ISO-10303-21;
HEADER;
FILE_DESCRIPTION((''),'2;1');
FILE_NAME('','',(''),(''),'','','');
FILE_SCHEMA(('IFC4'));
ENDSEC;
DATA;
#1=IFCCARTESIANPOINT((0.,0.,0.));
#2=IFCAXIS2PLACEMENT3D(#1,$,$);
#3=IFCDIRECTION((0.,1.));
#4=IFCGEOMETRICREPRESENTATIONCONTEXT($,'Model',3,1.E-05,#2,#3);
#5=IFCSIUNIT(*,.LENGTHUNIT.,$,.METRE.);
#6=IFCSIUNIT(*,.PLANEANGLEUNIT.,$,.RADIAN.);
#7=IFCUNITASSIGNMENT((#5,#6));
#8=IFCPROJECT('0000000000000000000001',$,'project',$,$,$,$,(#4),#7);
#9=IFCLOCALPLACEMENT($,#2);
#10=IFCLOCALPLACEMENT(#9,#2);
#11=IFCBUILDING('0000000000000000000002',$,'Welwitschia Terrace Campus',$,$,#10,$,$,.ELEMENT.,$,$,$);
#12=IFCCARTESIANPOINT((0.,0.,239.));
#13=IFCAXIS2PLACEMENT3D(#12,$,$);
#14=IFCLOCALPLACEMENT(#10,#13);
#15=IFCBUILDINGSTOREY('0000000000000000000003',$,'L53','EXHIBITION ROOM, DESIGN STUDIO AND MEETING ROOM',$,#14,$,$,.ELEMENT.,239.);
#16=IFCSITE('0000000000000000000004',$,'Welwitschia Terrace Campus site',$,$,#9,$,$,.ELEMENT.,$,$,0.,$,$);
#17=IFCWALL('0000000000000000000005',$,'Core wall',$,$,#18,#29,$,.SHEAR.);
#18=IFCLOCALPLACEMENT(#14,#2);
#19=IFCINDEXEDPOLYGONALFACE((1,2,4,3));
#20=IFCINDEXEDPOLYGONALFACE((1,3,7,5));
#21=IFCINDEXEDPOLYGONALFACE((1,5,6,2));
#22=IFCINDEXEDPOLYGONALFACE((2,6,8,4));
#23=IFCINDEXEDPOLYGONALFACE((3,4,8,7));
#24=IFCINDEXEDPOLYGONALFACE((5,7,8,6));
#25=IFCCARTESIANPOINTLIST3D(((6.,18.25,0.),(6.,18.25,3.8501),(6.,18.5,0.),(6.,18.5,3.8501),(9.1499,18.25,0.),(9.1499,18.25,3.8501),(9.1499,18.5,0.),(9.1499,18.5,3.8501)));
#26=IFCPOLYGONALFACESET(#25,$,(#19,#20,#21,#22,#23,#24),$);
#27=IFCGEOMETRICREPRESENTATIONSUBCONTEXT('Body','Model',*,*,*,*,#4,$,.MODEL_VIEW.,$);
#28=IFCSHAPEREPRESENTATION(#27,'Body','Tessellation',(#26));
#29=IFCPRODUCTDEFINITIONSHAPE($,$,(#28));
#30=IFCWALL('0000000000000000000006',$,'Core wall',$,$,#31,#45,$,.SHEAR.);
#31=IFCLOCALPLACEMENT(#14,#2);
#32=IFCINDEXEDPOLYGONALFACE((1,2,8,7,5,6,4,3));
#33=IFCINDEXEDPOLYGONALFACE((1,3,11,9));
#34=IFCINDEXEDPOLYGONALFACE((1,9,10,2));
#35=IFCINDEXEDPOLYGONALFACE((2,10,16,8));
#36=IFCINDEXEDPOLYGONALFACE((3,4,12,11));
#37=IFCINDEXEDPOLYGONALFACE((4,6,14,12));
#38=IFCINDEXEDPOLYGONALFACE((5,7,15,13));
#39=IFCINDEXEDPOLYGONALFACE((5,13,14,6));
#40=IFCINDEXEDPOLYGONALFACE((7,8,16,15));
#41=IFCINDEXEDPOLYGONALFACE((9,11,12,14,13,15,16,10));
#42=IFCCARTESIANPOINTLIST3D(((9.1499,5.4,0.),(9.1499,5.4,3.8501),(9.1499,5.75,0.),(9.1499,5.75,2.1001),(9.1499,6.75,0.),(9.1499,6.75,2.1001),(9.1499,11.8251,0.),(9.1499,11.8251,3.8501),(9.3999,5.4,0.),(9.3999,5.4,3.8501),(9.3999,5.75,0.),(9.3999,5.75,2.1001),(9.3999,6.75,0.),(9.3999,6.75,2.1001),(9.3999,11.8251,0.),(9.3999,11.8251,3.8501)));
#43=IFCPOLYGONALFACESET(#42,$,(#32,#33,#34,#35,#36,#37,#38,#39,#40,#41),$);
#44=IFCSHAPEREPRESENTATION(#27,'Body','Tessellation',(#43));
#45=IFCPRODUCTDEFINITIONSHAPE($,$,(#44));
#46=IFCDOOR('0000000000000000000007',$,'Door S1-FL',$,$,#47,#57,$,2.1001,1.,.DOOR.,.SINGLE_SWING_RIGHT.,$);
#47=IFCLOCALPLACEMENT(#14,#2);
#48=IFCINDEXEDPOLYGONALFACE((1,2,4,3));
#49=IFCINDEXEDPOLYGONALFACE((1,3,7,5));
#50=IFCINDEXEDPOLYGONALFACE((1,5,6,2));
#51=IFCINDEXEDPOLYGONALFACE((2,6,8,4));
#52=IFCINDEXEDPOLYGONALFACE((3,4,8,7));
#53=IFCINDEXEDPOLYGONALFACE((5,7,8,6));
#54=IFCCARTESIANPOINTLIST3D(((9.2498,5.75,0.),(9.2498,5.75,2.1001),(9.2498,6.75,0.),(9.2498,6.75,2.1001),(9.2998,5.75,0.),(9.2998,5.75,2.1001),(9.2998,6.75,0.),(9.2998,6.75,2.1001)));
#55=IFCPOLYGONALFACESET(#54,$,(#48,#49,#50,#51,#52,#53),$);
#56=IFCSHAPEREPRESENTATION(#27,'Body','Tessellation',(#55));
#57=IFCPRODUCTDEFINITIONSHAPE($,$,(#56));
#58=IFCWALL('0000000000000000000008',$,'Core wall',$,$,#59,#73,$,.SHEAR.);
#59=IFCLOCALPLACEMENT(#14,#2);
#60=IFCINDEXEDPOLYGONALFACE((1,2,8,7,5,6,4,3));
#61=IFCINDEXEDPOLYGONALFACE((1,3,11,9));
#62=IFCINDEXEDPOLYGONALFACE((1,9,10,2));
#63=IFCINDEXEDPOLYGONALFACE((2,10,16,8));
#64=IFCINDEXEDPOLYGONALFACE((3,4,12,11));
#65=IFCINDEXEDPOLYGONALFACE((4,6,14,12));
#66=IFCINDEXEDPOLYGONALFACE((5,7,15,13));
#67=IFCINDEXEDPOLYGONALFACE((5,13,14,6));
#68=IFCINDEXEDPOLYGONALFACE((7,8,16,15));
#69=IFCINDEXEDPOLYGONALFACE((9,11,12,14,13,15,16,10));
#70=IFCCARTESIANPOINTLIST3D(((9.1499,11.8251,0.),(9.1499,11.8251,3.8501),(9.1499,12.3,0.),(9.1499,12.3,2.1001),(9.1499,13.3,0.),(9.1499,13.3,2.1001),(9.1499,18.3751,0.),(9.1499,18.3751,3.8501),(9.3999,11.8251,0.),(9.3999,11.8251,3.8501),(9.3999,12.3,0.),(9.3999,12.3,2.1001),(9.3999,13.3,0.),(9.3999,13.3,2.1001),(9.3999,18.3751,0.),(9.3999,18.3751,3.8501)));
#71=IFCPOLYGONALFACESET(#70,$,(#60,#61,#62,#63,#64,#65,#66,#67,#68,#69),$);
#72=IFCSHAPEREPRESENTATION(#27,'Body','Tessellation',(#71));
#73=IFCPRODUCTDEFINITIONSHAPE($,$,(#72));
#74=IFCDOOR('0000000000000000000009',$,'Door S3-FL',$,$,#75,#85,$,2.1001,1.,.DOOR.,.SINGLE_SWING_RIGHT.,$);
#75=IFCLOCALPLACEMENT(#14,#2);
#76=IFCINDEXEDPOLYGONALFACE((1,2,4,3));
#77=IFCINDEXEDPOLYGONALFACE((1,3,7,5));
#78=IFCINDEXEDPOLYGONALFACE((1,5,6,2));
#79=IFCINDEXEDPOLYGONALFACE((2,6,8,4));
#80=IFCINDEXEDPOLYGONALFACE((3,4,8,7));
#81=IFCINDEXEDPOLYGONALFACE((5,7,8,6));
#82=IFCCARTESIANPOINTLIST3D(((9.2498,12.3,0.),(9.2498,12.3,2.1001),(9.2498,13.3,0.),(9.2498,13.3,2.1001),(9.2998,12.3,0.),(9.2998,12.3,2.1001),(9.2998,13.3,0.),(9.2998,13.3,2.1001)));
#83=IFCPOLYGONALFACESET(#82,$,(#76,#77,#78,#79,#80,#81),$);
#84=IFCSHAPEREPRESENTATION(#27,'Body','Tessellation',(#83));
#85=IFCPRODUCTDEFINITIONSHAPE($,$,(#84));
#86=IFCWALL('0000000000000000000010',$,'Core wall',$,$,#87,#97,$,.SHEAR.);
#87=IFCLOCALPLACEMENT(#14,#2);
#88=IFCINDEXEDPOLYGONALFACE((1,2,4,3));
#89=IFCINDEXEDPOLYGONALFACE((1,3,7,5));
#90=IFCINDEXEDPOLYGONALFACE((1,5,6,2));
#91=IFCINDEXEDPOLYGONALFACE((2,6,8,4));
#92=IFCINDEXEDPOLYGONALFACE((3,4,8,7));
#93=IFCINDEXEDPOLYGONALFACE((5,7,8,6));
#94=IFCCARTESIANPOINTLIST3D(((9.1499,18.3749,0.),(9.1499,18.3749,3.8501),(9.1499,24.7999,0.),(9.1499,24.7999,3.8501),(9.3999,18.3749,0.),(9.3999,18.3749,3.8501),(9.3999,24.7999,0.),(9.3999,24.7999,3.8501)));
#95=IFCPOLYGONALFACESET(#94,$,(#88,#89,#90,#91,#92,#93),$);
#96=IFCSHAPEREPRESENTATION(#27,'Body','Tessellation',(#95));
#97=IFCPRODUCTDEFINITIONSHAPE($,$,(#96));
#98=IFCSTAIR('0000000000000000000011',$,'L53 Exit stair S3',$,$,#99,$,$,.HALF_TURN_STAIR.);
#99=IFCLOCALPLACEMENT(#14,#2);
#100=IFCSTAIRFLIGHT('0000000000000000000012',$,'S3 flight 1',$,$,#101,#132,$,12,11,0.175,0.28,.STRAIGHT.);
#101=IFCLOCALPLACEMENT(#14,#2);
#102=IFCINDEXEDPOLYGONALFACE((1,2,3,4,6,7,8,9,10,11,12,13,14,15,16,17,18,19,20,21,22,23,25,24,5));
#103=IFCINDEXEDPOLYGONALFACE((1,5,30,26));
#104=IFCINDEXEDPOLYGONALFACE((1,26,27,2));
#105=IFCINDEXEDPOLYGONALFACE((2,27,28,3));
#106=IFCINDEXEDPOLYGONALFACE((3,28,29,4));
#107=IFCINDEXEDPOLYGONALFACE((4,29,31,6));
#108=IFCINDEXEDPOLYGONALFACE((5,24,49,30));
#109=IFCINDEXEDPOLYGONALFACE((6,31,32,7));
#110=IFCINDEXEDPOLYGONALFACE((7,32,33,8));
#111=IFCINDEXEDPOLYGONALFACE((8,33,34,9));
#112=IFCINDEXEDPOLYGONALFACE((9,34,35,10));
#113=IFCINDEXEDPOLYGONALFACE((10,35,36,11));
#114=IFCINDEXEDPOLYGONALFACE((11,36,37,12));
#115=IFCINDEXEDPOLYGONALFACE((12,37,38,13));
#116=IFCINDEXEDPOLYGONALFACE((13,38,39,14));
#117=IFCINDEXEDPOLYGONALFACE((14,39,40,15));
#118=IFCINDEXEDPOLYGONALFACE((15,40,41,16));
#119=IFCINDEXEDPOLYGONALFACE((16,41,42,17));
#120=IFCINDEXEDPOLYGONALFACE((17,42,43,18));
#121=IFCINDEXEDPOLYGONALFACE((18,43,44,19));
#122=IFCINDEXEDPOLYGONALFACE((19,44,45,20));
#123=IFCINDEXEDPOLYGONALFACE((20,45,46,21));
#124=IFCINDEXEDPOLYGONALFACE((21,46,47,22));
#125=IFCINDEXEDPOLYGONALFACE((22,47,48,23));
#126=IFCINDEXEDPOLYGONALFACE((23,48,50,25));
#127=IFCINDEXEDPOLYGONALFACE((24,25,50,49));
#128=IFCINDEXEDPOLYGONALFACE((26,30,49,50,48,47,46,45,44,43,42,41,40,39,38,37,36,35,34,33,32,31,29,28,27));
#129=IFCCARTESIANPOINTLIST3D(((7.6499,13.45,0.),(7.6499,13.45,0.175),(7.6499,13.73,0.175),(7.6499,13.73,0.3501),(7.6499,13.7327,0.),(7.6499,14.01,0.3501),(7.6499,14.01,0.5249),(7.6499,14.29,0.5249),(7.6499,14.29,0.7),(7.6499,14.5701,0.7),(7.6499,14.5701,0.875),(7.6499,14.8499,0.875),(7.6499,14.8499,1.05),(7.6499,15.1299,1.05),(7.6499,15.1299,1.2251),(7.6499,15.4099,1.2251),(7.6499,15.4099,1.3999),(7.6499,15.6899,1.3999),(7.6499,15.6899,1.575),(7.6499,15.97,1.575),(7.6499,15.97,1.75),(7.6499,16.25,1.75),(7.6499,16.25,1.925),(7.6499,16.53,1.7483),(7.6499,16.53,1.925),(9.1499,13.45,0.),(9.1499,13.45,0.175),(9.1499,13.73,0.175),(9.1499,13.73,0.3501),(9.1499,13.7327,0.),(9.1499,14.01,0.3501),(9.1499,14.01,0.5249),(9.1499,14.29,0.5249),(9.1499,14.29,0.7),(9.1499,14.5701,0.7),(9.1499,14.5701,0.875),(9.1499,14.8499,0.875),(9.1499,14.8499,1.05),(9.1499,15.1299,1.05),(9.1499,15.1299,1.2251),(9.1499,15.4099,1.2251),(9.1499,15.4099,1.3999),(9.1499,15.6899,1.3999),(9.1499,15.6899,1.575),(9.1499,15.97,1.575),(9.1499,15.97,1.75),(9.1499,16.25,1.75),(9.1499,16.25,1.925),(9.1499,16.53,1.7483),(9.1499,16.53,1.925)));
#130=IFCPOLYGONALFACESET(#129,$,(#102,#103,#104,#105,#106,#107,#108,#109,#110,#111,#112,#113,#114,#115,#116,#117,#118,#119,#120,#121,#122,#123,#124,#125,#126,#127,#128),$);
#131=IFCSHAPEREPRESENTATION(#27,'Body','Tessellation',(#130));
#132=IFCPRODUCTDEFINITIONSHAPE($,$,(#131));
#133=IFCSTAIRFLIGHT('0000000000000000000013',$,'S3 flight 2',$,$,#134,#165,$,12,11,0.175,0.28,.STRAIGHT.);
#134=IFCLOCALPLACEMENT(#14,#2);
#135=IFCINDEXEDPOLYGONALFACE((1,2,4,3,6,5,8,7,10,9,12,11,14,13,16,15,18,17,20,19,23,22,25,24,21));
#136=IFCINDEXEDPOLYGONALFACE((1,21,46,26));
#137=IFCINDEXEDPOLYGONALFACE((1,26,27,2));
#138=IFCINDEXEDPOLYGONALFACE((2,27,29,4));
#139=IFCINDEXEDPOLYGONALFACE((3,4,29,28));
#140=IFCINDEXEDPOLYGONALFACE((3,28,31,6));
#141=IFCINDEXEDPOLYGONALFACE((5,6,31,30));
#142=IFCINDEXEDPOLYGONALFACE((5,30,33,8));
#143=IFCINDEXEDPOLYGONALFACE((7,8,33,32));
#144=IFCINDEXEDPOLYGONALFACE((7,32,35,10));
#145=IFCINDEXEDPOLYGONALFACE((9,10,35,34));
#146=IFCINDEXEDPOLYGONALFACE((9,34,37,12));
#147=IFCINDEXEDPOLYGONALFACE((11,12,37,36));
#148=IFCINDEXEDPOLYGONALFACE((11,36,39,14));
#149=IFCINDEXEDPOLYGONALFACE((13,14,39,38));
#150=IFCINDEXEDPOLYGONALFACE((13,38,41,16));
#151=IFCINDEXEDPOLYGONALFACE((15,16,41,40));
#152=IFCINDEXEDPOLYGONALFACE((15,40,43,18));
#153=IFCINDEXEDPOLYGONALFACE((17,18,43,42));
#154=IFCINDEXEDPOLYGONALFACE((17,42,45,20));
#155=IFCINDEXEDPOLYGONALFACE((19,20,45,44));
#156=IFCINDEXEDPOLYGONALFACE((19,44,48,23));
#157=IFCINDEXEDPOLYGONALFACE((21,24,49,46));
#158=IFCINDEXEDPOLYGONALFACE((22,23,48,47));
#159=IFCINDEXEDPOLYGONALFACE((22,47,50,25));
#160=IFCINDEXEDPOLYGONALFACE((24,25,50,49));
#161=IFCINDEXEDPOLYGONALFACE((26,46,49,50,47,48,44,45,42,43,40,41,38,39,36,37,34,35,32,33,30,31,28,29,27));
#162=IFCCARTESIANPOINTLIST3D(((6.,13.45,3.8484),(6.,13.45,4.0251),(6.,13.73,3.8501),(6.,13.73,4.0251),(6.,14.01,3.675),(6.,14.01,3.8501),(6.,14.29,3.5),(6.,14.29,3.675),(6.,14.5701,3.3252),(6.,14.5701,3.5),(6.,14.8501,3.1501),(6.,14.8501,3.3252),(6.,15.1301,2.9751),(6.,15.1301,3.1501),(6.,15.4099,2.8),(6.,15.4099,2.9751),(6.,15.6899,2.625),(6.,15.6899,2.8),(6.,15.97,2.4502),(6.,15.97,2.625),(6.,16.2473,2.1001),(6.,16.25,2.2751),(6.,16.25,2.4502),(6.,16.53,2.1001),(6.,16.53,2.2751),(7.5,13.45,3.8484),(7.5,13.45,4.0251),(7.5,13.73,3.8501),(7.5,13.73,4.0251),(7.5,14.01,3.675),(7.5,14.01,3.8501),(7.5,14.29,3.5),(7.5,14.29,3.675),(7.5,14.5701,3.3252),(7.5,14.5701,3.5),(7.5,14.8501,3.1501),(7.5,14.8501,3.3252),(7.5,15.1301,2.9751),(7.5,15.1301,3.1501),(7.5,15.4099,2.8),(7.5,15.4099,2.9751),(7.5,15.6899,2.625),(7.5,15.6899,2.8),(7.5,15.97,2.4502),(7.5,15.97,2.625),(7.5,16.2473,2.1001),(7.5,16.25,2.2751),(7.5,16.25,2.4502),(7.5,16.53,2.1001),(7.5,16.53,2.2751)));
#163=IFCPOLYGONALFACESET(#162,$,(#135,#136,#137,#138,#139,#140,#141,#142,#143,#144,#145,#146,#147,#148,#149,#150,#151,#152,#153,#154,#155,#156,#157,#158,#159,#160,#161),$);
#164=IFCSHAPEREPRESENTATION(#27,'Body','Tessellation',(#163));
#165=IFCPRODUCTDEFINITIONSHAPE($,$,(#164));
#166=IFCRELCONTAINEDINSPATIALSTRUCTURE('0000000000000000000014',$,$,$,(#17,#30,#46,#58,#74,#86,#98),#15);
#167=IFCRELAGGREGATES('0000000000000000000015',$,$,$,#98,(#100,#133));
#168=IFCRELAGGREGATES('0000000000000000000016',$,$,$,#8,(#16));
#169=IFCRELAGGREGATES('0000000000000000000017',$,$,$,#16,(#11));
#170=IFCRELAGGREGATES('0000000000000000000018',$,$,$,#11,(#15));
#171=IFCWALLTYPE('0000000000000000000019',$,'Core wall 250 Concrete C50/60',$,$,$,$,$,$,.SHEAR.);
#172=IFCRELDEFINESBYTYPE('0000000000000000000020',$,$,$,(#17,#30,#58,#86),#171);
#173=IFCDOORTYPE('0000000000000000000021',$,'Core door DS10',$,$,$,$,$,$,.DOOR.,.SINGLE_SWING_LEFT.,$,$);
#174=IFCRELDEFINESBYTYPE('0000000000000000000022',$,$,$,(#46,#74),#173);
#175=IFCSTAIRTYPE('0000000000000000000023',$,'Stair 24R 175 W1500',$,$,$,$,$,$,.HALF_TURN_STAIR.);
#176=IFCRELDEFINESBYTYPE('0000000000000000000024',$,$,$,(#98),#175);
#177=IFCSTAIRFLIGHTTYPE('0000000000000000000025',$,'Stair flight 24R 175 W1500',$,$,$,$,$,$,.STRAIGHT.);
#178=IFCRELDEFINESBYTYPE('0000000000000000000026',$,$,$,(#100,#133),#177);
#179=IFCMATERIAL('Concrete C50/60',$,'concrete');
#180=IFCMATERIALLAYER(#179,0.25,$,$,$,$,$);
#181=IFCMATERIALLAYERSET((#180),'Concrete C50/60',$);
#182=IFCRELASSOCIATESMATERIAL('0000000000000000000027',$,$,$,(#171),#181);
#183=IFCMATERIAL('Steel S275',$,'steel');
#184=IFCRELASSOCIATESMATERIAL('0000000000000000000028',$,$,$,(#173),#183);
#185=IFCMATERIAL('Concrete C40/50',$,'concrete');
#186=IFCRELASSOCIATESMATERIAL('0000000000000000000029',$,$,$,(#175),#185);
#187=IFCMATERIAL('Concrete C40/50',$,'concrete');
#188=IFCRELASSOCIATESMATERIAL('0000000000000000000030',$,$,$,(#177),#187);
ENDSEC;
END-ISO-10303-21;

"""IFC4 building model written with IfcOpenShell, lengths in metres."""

from ifc_helpers import new_model, si_unit, direction, frame, frame_2d, origin, place, context, subcontext, project, spatial, polyline, rectangle, outline, extrude, material, layer, layer_set, type_object, element, fill, aggregate, save


model = new_model("IFC4")

# Units and contexts
model_context = context("Model", 3, precision=1e-05, world=origin(), true_north=direction((0.0, 1.0)))
body_context = subcontext(model_context, "Body", "Model", "MODEL_VIEW")
ifc_project = project(units=[si_unit("LENGTHUNIT", "METRE"), si_unit("PLANEANGLEUNIT", "RADIAN")], contexts=[model_context])

# Site, building, storey
site_placement = place(None, origin())
site = spatial("IfcSite", under=ifc_project, at=site_placement, Name="Welwitschia Terrace Campus site", CompositionType="ELEMENT", RefElevation=0.0)
building_placement = place(site_placement, origin())
building = spatial("IfcBuilding", under=site, at=building_placement, Name="Welwitschia Terrace Campus", CompositionType="ELEMENT")
storey_placement = place(building_placement, frame((0.0, 0.0, 239.0)))
storey = spatial("IfcBuildingStorey", under=building, at=storey_placement, Name="L53", Description="EXHIBITION ROOM, DESIGN STUDIO AND MEETING ROOM", CompositionType="ELEMENT", Elevation=239.0)

# Wall
ifc_material_1 = material(Name="Concrete C50/60", Category="concrete")
ifc_layer_1 = layer(ifc_material_1, 0.25)
ifc_layer_set_1 = layer_set([ifc_layer_1], Name="Concrete C50/60")
wall_type_1 = type_object("IfcWallType", Name="Core wall 250 Concrete C50/60", PredefinedType="SHEAR", material=ifc_layer_set_1)
for number, where, z_axis, x_axis, name in (
    (1, (6.0, 18.375, 0.0), (0.0, 0.0, 1.0), (1.0, 0.0, 0.0), "Core wall"),
):
    element("IfcWall", number, at=place(storey_placement, frame(where, z_axis=z_axis, x_axis=x_axis)), inside=storey, type_object=wall_type_1, Name=name, PredefinedType="SHEAR", context=body_context, shape_type="SweptSolid", body=[
        extrude(rectangle(XDim=3.1499, YDim=0.25, at=frame_2d((1.575, 0.0))), origin(), (0.0, 0.0, 1.0), 3.8501),
    ])

# Walls, openings, doors
wall_1_placement = place(storey_placement, frame((9.2749, 11.825, 0.0), z_axis=(0.0, 0.0, 1.0), x_axis=(0.0, -1.0, 0.0)))
wall_1 = element("IfcWall", 2, at=wall_1_placement, inside=storey, type_object=wall_type_1, Name="Core wall", PredefinedType="SHEAR", context=body_context, shape_type="SweptSolid", body=[
    extrude(rectangle(XDim=6.425, YDim=0.25, at=frame_2d((3.2124, 0.0))), origin(), (0.0, 0.0, 1.0), 3.8501),
])
opening_1_placement = place(wall_1_placement, frame((5.075, 0.0, 0.0)))
opening_1 = element("IfcOpeningElement", 3, at=opening_1_placement, cuts=wall_1, PredefinedType="OPENING", context=body_context, shape_type="SweptSolid", body=[
    extrude(rectangle(XDim=1.0, YDim=2.1001, at=frame_2d((0.5, 1.05))), frame((0.0, 0.135, 0.0), z_axis=(0.0, -1.0, 0.0), x_axis=(1.0, 0.0, 0.0)), (0.0, 0.0, 1.0), 0.27),
])
ifc_material_2 = material(Name="Steel S275", Category="steel")
door_type_1 = type_object("IfcDoorType", Name="Core door DS10", OperationType="SINGLE_SWING_LEFT", PredefinedType="DOOR", material=ifc_material_2)
door_1_placement = place(opening_1_placement, origin())
door_1 = element("IfcDoor", 4, at=door_1_placement, inside=storey, type_object=door_type_1, Name="Door S1-FL", OperationType="SINGLE_SWING_RIGHT", OverallHeight=2.1001, OverallWidth=1.0, PredefinedType="DOOR", context=body_context, shape_type="SweptSolid", body=[
    extrude(rectangle(XDim=1.0, YDim=2.1001, at=frame_2d((0.5, 1.05))), frame((0.0, 0.0249, 0.0), z_axis=(0.0, -1.0, 0.0), x_axis=(1.0, 0.0, 0.0)), (0.0, 0.0, 1.0), 0.05),
])
fill(opening_1, door_1)
wall_2_placement = place(storey_placement, frame((9.2749, 18.375, 0.0), z_axis=(0.0, 0.0, 1.0), x_axis=(0.0, -1.0, 0.0)))
wall_2 = element("IfcWall", 5, at=wall_2_placement, inside=storey, type_object=wall_type_1, Name="Core wall", PredefinedType="SHEAR", context=body_context, shape_type="SweptSolid", body=[
    extrude(rectangle(XDim=6.55, YDim=0.25, at=frame_2d((3.2749, 0.0))), origin(), (0.0, 0.0, 1.0), 3.8501),
])
opening_2_placement = place(wall_2_placement, frame((5.075, 0.0, 0.0)))
opening_2 = element("IfcOpeningElement", 6, at=opening_2_placement, cuts=wall_2, PredefinedType="OPENING", context=body_context, shape_type="SweptSolid", body=[
    extrude(rectangle(XDim=1.0, YDim=2.1001, at=frame_2d((0.5, 1.05))), frame((0.0, 0.135, 0.0), z_axis=(0.0, -1.0, 0.0), x_axis=(1.0, 0.0, 0.0)), (0.0, 0.0, 1.0), 0.27),
])
door_2_placement = place(opening_2_placement, origin())
door_2 = element("IfcDoor", 7, at=door_2_placement, inside=storey, type_object=door_type_1, Name="Door S3-FL", OperationType="SINGLE_SWING_RIGHT", OverallHeight=2.1001, OverallWidth=1.0, PredefinedType="DOOR", context=body_context, shape_type="SweptSolid", body=[
    extrude(rectangle(XDim=1.0, YDim=2.1001, at=frame_2d((0.5, 1.05))), frame((0.0, 0.0249, 0.0), z_axis=(0.0, -1.0, 0.0), x_axis=(1.0, 0.0, 0.0)), (0.0, 0.0, 1.0), 0.05),
])
fill(opening_2, door_2)

# Wall
wall_3_placement = place(storey_placement, frame((9.2749, 18.375, 0.0), z_axis=(0.0, 0.0, 1.0), x_axis=(0.0, 1.0, 0.0)))
element("IfcWall", 8, at=wall_3_placement, inside=storey, type_object=wall_type_1, Name="Core wall", PredefinedType="SHEAR", context=body_context, shape_type="SweptSolid", body=[
    extrude(rectangle(XDim=6.425, YDim=0.25, at=frame_2d((3.2124, 0.0))), origin(), (0.0, 0.0, 1.0), 3.8501),
])

# Stair, stair flights
ifc_material_3 = material(Name="Concrete C40/50", Category="concrete")
stair_type = type_object("IfcStairType", Name="Stair 24R 175 W1500", PredefinedType="HALF_TURN_STAIR", material=ifc_material_3)
stair_placement = place(storey_placement, origin())
stair = element("IfcStair", 9, at=stair_placement, inside=storey, type_object=stair_type, Name="L53 Exit stair S3", PredefinedType="HALF_TURN_STAIR")
ifc_material_4 = material(Name="Concrete C40/50", Category="concrete")
stair_flight_type = type_object("IfcStairFlightType", Name="Stair flight 24R 175 W1500", PredefinedType="STRAIGHT", material=ifc_material_4)
stair_flight_1_placement = place(storey_placement, frame((8.3999, 13.45, 0.0), z_axis=(0.0, 0.0, 1.0), x_axis=(0.0, 1.0, 0.0)))
stair_flight_1 = element("IfcStairFlight", 10, at=stair_flight_1_placement, type_object=stair_flight_type, Name="S3 flight 1", NumberOfRisers=12, NumberOfTreads=11, PredefinedType="STRAIGHT", RiserHeight=0.175, TreadLength=0.28, context=body_context, shape_type="SweptSolid", body=[
    extrude(outline(polyline([(0.0, 0.0), (0.0, 0.175), (0.28, 0.175), (0.28, 0.3501), (0.5601, 0.3501), (0.5601, 0.5249), (0.8401, 0.5249), (0.8401, 0.7), (1.1201, 0.7), (1.1201, 0.875), (1.3999, 0.875), (1.3999, 1.05), (1.6799, 1.05), (1.6799, 1.2251), (1.96, 1.2251), (1.96, 1.3999), (2.24, 1.3999), (2.24, 1.575), (2.52, 1.575), (2.52, 1.75), (2.8, 1.75), (2.8, 1.925), (3.0801, 1.925), (3.0801, 2.1001), (3.0801, 1.7483), (0.2827, 0.0), (0.0, 0.0)])), frame((0.0, 0.75, 0.0), z_axis=(0.0, -1.0, 0.0), x_axis=(1.0, 0.0, 0.0)), (0.0, 0.0, 1.0), 1.5),
])
stair_flight_2_placement = place(storey_placement, frame((6.75, 16.53, 2.1001), z_axis=(0.0, 0.0, 1.0), x_axis=(0.0, -1.0, 0.0)))
stair_flight_2 = element("IfcStairFlight", 11, at=stair_flight_2_placement, type_object=stair_flight_type, Name="S3 flight 2", NumberOfRisers=12, NumberOfTreads=11, PredefinedType="STRAIGHT", RiserHeight=0.175, TreadLength=0.28, context=body_context, shape_type="SweptSolid", body=[
    extrude(outline(polyline([(0.0, 0.0), (0.0, 0.175), (0.28, 0.175), (0.28, 0.3501), (0.5601, 0.3501), (0.5601, 0.5249), (0.8401, 0.5249), (0.8401, 0.7), (1.1201, 0.7), (1.1201, 0.875), (1.3999, 0.875), (1.3999, 1.05), (1.6799, 1.05), (1.6799, 1.2251), (1.96, 1.2251), (1.96, 1.3999), (2.24, 1.3999), (2.24, 1.575), (2.52, 1.575), (2.52, 1.75), (2.8, 1.75), (2.8, 1.925), (3.0801, 1.925), (3.0801, 2.1001), (3.0801, 1.7483), (0.2827, 0.0), (0.0, 0.0)])), frame((0.0, 0.75, 0.0), z_axis=(0.0, -1.0, 0.0), x_axis=(1.0, 0.0, 0.0)), (0.0, 0.0, 1.0), 1.5),
])
aggregate(stair, [stair_flight_1, stair_flight_2])

save(model, "model.ifc")
